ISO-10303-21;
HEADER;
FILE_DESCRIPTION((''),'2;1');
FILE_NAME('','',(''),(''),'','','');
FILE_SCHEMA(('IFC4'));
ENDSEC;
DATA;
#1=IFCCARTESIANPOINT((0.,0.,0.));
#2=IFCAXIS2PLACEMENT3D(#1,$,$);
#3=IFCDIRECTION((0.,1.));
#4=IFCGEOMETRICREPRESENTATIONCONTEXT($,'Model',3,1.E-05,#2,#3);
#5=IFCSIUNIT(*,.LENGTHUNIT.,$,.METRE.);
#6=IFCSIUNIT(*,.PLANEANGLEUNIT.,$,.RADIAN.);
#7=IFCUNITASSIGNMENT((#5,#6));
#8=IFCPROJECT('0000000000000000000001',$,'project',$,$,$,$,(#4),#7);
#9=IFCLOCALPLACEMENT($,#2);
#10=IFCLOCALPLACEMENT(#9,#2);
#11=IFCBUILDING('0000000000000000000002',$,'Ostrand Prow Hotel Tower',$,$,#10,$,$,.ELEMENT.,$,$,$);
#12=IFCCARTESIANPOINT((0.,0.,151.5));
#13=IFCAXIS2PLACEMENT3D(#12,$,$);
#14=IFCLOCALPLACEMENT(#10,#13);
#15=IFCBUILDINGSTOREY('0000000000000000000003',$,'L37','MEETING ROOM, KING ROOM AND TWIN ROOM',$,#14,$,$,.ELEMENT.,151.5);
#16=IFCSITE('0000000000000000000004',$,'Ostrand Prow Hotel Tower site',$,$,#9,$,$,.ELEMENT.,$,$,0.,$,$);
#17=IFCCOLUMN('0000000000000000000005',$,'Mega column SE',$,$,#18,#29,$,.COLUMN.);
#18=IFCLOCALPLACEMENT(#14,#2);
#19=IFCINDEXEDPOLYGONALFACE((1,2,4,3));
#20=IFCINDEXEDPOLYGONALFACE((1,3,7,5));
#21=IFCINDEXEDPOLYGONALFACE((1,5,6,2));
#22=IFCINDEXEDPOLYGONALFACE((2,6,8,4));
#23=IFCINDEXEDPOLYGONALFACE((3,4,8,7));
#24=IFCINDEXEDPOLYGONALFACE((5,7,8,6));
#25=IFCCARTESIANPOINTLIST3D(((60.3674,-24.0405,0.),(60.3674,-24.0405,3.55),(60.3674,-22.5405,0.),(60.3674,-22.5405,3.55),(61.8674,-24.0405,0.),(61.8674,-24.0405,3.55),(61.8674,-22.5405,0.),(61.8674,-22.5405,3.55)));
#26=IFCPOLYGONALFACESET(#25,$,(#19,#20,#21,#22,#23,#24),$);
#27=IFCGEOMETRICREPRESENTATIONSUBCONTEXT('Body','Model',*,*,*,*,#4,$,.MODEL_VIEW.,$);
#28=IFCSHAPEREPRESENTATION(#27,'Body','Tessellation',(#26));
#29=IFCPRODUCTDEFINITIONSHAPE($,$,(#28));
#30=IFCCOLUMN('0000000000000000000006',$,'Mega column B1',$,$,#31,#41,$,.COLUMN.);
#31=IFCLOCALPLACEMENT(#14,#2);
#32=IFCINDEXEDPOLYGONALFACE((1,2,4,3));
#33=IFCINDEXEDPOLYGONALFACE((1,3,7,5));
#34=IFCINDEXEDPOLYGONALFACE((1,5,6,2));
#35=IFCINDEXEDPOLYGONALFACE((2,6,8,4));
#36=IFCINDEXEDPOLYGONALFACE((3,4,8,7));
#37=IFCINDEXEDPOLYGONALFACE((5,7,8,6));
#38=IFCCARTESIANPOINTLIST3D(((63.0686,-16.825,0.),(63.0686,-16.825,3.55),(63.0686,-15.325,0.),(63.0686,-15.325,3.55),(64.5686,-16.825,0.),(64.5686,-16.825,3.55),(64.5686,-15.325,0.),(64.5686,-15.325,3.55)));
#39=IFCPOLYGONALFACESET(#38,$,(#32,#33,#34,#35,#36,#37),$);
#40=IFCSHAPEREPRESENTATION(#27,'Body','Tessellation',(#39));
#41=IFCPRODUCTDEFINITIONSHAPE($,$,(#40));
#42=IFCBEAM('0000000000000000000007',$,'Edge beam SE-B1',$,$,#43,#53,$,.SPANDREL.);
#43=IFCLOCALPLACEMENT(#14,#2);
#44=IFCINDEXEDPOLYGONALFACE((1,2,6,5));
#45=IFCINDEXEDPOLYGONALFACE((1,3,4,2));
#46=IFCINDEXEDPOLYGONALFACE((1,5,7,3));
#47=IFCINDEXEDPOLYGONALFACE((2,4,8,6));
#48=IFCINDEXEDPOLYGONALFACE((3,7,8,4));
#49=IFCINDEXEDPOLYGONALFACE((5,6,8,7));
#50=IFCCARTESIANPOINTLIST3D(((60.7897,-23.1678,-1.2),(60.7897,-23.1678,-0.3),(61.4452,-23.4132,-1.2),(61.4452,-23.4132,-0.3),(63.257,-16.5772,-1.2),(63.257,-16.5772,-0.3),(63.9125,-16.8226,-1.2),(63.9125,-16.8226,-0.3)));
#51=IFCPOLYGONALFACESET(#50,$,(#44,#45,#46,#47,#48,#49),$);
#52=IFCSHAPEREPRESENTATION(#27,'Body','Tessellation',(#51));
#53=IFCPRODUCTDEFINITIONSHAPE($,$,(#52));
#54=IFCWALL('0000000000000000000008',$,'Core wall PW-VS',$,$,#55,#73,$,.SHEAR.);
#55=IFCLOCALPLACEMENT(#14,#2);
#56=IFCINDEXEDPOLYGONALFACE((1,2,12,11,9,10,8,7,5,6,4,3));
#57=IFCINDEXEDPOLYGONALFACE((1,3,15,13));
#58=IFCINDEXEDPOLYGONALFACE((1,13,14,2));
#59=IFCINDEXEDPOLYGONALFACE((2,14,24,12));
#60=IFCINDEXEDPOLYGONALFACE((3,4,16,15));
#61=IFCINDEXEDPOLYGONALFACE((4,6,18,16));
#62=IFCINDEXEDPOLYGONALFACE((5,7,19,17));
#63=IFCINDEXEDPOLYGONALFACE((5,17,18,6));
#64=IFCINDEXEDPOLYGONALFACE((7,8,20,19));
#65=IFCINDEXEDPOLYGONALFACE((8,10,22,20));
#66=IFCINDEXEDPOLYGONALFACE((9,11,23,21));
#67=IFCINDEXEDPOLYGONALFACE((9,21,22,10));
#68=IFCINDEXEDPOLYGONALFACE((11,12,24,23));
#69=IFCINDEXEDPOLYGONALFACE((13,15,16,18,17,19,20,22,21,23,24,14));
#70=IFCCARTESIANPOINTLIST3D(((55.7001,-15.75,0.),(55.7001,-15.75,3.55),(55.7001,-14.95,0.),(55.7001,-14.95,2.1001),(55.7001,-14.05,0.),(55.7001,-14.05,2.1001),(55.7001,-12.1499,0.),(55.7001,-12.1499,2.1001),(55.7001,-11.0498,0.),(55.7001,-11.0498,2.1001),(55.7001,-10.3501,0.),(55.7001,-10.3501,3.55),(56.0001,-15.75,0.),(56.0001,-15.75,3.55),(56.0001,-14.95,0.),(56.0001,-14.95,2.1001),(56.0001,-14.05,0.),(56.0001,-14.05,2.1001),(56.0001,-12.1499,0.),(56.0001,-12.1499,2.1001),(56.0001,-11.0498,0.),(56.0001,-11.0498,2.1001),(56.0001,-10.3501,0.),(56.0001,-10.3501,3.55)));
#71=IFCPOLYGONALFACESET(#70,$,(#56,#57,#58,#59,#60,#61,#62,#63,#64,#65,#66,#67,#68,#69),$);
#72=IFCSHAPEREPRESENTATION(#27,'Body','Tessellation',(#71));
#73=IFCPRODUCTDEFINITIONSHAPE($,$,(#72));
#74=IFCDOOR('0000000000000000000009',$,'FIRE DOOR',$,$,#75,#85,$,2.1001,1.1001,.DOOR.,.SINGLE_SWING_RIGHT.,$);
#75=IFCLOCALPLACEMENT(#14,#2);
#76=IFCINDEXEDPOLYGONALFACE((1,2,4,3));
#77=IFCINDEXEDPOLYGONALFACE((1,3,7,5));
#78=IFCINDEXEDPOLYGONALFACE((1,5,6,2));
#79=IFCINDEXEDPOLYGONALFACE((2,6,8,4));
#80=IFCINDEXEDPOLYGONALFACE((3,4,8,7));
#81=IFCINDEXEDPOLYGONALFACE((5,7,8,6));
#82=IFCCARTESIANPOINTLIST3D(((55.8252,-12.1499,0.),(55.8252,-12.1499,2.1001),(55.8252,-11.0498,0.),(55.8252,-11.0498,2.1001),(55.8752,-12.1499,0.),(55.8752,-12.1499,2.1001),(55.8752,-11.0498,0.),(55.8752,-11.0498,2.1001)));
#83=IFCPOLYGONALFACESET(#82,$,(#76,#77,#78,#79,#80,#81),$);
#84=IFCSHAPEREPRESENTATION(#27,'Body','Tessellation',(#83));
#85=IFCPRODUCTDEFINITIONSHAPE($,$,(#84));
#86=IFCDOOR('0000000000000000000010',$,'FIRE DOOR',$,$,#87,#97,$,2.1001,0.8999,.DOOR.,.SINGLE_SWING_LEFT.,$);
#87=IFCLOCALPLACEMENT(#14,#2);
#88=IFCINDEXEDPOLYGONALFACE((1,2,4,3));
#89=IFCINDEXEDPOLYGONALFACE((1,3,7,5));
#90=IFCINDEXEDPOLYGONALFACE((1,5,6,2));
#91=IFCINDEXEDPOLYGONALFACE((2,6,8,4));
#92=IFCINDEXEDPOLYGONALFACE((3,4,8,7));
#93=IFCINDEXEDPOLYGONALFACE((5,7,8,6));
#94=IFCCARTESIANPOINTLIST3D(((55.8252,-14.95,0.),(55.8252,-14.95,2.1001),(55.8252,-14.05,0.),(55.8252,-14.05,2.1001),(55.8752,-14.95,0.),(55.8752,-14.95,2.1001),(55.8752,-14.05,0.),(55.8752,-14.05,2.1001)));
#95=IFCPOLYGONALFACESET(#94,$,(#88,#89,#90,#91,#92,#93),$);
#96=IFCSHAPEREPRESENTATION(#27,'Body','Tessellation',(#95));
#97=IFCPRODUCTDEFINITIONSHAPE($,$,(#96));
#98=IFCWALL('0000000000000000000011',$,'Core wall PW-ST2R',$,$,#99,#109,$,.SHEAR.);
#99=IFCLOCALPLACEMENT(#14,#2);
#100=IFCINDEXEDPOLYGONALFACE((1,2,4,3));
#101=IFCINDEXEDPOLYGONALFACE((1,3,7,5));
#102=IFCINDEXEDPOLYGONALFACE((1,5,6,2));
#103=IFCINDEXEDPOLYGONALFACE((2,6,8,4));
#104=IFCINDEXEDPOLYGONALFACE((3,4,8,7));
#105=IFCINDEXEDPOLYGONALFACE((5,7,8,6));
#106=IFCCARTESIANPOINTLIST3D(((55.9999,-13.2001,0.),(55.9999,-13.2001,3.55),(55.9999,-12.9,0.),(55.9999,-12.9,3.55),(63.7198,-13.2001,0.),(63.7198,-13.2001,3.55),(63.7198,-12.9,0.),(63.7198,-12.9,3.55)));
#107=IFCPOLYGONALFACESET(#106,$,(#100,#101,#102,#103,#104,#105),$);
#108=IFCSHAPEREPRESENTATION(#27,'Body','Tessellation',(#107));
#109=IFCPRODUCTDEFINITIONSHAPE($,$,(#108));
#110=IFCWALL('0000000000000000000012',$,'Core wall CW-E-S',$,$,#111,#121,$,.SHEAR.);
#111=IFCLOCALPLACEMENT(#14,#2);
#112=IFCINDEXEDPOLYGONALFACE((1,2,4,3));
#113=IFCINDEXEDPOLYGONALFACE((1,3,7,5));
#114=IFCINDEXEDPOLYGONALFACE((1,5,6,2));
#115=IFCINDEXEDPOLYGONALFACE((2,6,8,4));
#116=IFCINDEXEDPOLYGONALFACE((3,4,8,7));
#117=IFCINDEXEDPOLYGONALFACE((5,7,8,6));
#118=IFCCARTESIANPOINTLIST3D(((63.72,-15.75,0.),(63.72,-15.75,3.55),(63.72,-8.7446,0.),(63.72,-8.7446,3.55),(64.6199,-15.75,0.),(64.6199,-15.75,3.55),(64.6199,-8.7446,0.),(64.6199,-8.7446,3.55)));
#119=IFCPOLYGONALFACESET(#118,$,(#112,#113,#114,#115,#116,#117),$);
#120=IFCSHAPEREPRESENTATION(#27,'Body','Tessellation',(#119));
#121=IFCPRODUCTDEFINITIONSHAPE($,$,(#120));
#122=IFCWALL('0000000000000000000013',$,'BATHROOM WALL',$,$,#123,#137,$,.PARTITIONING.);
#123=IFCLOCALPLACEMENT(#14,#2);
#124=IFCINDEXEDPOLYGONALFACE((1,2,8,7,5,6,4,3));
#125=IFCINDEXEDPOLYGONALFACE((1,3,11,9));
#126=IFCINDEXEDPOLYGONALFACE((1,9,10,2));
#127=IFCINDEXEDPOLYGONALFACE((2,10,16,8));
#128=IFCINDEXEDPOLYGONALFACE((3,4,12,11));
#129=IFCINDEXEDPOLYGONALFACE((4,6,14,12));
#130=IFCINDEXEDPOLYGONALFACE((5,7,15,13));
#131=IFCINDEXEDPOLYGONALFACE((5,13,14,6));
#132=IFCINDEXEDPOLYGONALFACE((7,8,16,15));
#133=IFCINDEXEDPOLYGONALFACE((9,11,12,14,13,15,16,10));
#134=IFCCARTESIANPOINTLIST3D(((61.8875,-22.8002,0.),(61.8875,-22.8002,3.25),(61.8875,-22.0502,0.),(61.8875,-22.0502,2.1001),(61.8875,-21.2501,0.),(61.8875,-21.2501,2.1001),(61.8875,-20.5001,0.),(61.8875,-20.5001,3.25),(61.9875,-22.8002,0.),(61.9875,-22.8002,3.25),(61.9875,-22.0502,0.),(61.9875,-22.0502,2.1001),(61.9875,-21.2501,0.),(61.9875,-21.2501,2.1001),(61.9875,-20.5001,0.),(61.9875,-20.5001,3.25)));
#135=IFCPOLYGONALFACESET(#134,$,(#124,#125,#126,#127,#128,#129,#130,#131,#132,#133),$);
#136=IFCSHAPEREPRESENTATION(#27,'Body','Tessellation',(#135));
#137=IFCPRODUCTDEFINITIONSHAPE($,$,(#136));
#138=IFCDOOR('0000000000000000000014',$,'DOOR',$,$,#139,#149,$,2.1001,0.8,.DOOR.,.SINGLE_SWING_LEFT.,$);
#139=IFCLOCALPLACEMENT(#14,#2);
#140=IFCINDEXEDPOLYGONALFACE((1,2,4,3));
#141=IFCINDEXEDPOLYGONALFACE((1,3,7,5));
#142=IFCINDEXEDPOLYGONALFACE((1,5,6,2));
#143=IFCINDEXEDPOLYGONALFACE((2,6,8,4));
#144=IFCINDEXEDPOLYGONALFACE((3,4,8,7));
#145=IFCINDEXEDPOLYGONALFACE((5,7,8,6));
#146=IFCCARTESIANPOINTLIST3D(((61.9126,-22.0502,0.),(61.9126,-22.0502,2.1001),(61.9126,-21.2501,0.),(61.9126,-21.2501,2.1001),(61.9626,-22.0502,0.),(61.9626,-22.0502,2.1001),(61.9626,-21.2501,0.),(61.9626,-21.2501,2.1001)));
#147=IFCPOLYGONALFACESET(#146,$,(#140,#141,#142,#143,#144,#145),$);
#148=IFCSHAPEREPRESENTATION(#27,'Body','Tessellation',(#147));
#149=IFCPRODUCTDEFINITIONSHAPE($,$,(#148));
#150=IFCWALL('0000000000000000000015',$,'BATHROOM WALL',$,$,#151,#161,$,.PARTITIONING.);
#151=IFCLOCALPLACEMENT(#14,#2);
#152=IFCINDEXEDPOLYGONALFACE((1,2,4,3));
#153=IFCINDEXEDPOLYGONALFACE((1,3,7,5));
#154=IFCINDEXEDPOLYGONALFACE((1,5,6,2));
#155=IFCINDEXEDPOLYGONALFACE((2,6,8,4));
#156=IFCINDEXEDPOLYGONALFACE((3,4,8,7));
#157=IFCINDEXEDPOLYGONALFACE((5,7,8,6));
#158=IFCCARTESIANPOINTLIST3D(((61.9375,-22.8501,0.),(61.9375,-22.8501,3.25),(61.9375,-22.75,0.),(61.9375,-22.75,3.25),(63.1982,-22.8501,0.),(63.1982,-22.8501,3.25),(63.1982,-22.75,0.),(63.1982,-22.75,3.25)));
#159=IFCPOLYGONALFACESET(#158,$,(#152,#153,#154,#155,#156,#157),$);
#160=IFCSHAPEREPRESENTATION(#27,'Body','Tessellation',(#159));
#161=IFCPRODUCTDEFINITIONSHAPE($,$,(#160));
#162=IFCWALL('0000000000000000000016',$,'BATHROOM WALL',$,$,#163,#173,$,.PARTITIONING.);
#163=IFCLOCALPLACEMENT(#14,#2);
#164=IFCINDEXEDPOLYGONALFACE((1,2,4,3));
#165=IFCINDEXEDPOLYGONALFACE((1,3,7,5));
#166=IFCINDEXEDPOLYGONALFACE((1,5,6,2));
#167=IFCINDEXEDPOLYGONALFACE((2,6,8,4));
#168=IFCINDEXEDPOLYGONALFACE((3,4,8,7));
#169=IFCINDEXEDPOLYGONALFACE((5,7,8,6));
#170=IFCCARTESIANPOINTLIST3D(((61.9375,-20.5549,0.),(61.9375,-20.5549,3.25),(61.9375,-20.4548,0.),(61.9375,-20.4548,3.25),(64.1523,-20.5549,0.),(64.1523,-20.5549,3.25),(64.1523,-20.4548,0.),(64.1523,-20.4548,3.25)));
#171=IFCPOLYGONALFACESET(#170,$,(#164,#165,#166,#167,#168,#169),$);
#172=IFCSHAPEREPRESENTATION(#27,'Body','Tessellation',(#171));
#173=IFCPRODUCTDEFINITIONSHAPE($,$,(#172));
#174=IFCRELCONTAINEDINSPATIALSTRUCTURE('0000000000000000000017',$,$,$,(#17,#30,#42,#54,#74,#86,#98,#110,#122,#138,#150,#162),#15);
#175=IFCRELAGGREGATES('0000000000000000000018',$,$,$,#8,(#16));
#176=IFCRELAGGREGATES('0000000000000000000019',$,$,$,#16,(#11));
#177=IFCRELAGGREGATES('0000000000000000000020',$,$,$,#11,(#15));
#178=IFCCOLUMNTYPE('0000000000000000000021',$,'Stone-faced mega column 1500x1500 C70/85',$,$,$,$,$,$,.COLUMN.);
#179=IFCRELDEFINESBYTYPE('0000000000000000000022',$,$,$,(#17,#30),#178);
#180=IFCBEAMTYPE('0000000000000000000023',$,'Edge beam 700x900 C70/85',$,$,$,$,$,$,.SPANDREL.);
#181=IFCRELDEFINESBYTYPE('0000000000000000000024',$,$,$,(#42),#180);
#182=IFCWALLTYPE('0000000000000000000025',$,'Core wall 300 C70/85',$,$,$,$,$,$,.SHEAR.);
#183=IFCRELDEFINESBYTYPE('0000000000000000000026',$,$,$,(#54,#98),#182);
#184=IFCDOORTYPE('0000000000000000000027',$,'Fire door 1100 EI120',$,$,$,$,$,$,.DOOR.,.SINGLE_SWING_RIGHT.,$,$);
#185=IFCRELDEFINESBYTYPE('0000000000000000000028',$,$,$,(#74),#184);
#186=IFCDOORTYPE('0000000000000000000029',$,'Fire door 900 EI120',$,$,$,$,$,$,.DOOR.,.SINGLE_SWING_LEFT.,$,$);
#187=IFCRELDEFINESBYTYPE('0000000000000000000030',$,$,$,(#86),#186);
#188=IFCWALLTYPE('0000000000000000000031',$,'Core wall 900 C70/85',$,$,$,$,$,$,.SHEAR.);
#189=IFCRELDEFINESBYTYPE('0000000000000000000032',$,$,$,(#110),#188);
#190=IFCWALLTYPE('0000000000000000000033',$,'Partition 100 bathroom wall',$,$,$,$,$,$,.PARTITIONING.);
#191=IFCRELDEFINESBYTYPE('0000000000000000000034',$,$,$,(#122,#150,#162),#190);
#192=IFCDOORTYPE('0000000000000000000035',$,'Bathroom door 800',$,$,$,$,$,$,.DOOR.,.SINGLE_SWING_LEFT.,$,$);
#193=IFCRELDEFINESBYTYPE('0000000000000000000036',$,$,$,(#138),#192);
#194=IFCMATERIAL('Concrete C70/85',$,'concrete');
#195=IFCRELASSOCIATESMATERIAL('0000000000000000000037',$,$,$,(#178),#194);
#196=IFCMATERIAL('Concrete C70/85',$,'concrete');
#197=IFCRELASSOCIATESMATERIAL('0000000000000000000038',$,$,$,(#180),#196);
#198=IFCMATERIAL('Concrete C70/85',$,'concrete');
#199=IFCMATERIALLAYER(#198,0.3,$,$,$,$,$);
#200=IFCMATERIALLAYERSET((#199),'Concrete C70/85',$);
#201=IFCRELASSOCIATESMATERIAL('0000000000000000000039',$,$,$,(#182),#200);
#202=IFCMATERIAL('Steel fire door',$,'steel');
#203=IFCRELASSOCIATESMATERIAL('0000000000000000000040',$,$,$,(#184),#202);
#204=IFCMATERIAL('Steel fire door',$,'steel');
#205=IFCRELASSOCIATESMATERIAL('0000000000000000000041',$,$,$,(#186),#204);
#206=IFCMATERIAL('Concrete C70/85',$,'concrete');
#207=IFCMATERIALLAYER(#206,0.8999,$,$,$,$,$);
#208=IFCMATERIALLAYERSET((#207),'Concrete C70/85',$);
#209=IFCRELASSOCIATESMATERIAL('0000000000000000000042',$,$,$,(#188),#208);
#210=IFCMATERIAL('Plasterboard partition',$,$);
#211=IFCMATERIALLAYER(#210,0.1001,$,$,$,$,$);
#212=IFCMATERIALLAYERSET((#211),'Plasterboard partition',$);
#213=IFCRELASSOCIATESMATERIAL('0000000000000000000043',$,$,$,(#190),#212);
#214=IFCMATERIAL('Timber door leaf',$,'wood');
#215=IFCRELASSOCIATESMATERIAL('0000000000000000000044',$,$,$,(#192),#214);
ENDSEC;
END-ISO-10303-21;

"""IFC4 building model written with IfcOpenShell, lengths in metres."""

from ifc_helpers import new_model, si_unit, direction, frame, frame_2d, origin, origin_2d, place, context, subcontext, project, spatial, rectangle, extrude, material, layer, layer_set, material_profile, profile_set, type_object, element, fill, save


model = new_model("IFC4")

# Units and contexts
model_context = context("Model", 3, precision=1e-05, world=origin(), true_north=direction((0.0, 1.0)))
body_context = subcontext(model_context, "Body", "Model", "MODEL_VIEW")
ifc_project = project(units=[si_unit("LENGTHUNIT", "METRE"), si_unit("PLANEANGLEUNIT", "RADIAN")], contexts=[model_context])

# Site, building, storey
site_placement = place(None, origin())
site = spatial("IfcSite", under=ifc_project, at=site_placement, Name="Ostrand Prow Hotel Tower site", CompositionType="ELEMENT", RefElevation=0.0)
building_placement = place(site_placement, origin())
building = spatial("IfcBuilding", under=site, at=building_placement, Name="Ostrand Prow Hotel Tower", CompositionType="ELEMENT")
storey_placement = place(building_placement, frame((0.0, 0.0, 151.5)))
storey = spatial("IfcBuildingStorey", under=building, at=storey_placement, Name="L37", Description="MEETING ROOM, KING ROOM AND TWIN ROOM", CompositionType="ELEMENT", Elevation=151.5)

# Columns
ifc_material_1 = material(Name="Concrete C70/85", Category="concrete")
ifc_material_profile_1 = material_profile(ifc_material_1, rectangle(XDim=1.5, YDim=1.5, at=origin_2d()), Name="RC 1500x1500")
ifc_profile_set_1 = profile_set([ifc_material_profile_1], Name="Concrete C70/85")
column_type = type_object("IfcColumnType", Name="Stone-faced mega column 1500x1500 C70/85", PredefinedType="COLUMN", material=ifc_profile_set_1)
for number, where, z_axis, x_axis, name in (
    (1, (61.1174, -23.2905, 0.0), (0.0, 0.0, 1.0), (1.0, 0.0, 0.0), "Mega column SE"),
    (2, (63.8186, -16.075, 0.0), (0.0, 0.0, 1.0), (1.0, 0.0, 0.0), "Mega column B1"),
):
    element("IfcColumn", number, at=place(storey_placement, frame(where, z_axis=z_axis, x_axis=x_axis)), inside=storey, type_object=column_type, Name=name, PredefinedType="COLUMN", context=body_context, shape_type="SweptSolid", body=[
        extrude(rectangle(XDim=1.5, YDim=1.5, at=origin_2d()), origin(), (0.0, 0.0, 1.0), 3.55),
    ])

# Beam
ifc_material_2 = material(Name="Concrete C70/85", Category="concrete")
ifc_material_profile_2 = material_profile(ifc_material_2, rectangle(XDim=0.7, YDim=0.8999, at=origin_2d()), Name="RC 700x900")
ifc_profile_set_2 = profile_set([ifc_material_profile_2], Name="Concrete C70/85")
beam_type = type_object("IfcBeamType", Name="Edge beam 700x900 C70/85", PredefinedType="SPANDREL", material=ifc_profile_set_2)
beam_placement = place(storey_placement, frame((61.1174, -23.2905, -0.75), z_axis=(0.350603, 0.936524, 0.0), x_axis=(-0.936524, 0.350603, 0.0)))
element("IfcBeam", 3, at=beam_placement, inside=storey, type_object=beam_type, Name="Edge beam SE-B1", PredefinedType="SPANDREL", context=body_context, shape_type="SweptSolid", body=[
    extrude(rectangle(XDim=0.7, YDim=0.8999, at=origin_2d()), origin(), (0.0, 0.0, 1.0), 7.0374),
])

# Wall, openings, doors
ifc_material_3 = material(Name="Concrete C70/85", Category="concrete")
ifc_layer_1 = layer(ifc_material_3, 0.3)
ifc_layer_set_1 = layer_set([ifc_layer_1], Name="Concrete C70/85")
wall_type_1 = type_object("IfcWallType", Name="Core wall 300 C70/85", PredefinedType="SHEAR", material=ifc_layer_set_1)
wall_1_placement = place(storey_placement, frame((55.8501, -15.75, 0.0), z_axis=(0.0, 0.0, 1.0), x_axis=(0.0, 1.0, 0.0)))
wall_1 = element("IfcWall", 4, at=wall_1_placement, inside=storey, type_object=wall_type_1, Name="Core wall PW-VS", PredefinedType="SHEAR", context=body_context, shape_type="SweptSolid", body=[
    extrude(rectangle(XDim=5.3999, YDim=0.3, at=frame_2d((2.7, 0.0))), origin(), (0.0, 0.0, 1.0), 3.55),
])
opening_1_placement = place(wall_1_placement, frame((3.6001, 0.0, 0.0)))
opening_1 = element("IfcOpeningElement", 5, at=opening_1_placement, cuts=wall_1, PredefinedType="OPENING", context=body_context, shape_type="SweptSolid", body=[
    extrude(rectangle(XDim=1.1001, YDim=2.1001, at=frame_2d((0.55, 1.05))), frame((0.0, 0.1599, 0.0), z_axis=(0.0, -1.0, 0.0), x_axis=(1.0, 0.0, 0.0)), (0.0, 0.0, 1.0), 0.3201),
])
opening_2_placement = place(wall_1_placement, frame((0.8, 0.0, 0.0)))
opening_2 = element("IfcOpeningElement", 6, at=opening_2_placement, cuts=wall_1, PredefinedType="OPENING", context=body_context, shape_type="SweptSolid", body=[
    extrude(rectangle(XDim=0.8999, YDim=2.1001, at=frame_2d((0.45, 1.05))), frame((0.0, 0.1599, 0.0), z_axis=(0.0, -1.0, 0.0), x_axis=(1.0, 0.0, 0.0)), (0.0, 0.0, 1.0), 0.3201),
])
ifc_material_4 = material(Name="Steel fire door", Category="steel")
door_type_1 = type_object("IfcDoorType", Name="Fire door 1100 EI120", OperationType="SINGLE_SWING_RIGHT", PredefinedType="DOOR", material=ifc_material_4)
door_1_placement = place(opening_1_placement, origin())
door_1 = element("IfcDoor", 7, at=door_1_placement, inside=storey, type_object=door_type_1, Name="FIRE DOOR", OperationType="SINGLE_SWING_RIGHT", OverallHeight=2.1001, OverallWidth=1.1001, PredefinedType="DOOR", context=body_context, shape_type="SweptSolid", body=[
    extrude(rectangle(XDim=1.1001, YDim=2.1001, at=frame_2d((0.55, 1.05))), frame((0.0, 0.0249, 0.0), z_axis=(0.0, -1.0, 0.0), x_axis=(1.0, 0.0, 0.0)), (0.0, 0.0, 1.0), 0.05),
])
fill(opening_1, door_1)
ifc_material_5 = material(Name="Steel fire door", Category="steel")
door_type_2 = type_object("IfcDoorType", Name="Fire door 900 EI120", OperationType="SINGLE_SWING_LEFT", PredefinedType="DOOR", material=ifc_material_5)
door_2_placement = place(opening_2_placement, origin())
door_2 = element("IfcDoor", 8, at=door_2_placement, inside=storey, type_object=door_type_2, Name="FIRE DOOR", OperationType="SINGLE_SWING_LEFT", OverallHeight=2.1001, OverallWidth=0.8999, PredefinedType="DOOR", context=body_context, shape_type="SweptSolid", body=[
    extrude(rectangle(XDim=0.8999, YDim=2.1001, at=frame_2d((0.45, 1.05))), frame((0.0, 0.0249, 0.0), z_axis=(0.0, -1.0, 0.0), x_axis=(1.0, 0.0, 0.0)), (0.0, 0.0, 1.0), 0.05),
])
fill(opening_2, door_2)

# Walls
wall_2_placement = place(storey_placement, frame((56.0, -13.05, 0.0), z_axis=(0.0, 0.0, 1.0), x_axis=(1.0, 0.0, 0.0)))
element("IfcWall", 9, at=wall_2_placement, inside=storey, type_object=wall_type_1, Name="Core wall PW-ST2R", PredefinedType="SHEAR", context=body_context, shape_type="SweptSolid", body=[
    extrude(rectangle(XDim=7.72, YDim=0.3, at=frame_2d((3.8599, 0.0))), origin(), (0.0, 0.0, 1.0), 3.55),
])
ifc_material_6 = material(Name="Concrete C70/85", Category="concrete")
ifc_layer_2 = layer(ifc_material_6, 0.8999)
ifc_layer_set_2 = layer_set([ifc_layer_2], Name="Concrete C70/85")
wall_type_2 = type_object("IfcWallType", Name="Core wall 900 C70/85", PredefinedType="SHEAR", material=ifc_layer_set_2)
wall_3_placement = place(storey_placement, frame((64.1699, -15.75, 0.0), z_axis=(0.0, 0.0, 1.0), x_axis=(0.0, 1.0, 0.0)))
element("IfcWall", 10, at=wall_3_placement, inside=storey, type_object=wall_type_2, Name="Core wall CW-E-S", PredefinedType="SHEAR", context=body_context, shape_type="SweptSolid", body=[
    extrude(rectangle(XDim=7.0054, YDim=0.8999, at=frame_2d((3.5027, 0.0))), origin(), (0.0, 0.0, 1.0), 3.55),
])

# Wall, opening, door
ifc_material_7 = material(Name="Plasterboard partition")
ifc_layer_3 = layer(ifc_material_7, 0.1001)
ifc_layer_set_3 = layer_set([ifc_layer_3], Name="Plasterboard partition")
wall_type_3 = type_object("IfcWallType", Name="Partition 100 bathroom wall", PredefinedType="PARTITIONING", material=ifc_layer_set_3)
wall_4_placement = place(storey_placement, frame((61.9375, -22.8, 0.0), z_axis=(0.0, 0.0, 1.0), x_axis=(0.0, 1.0, 0.0)))
wall_4 = element("IfcWall", 11, at=wall_4_placement, inside=storey, type_object=wall_type_3, Name="BATHROOM WALL", PredefinedType="PARTITIONING", context=body_context, shape_type="SweptSolid", body=[
    extrude(rectangle(XDim=2.3, YDim=0.1001, at=frame_2d((1.1499, 0.0))), origin(), (0.0, 0.0, 1.0), 3.25),
])
opening_3_placement = place(wall_4_placement, frame((0.75, 0.0, 0.0)))
opening_3 = element("IfcOpeningElement", 12, at=opening_3_placement, cuts=wall_4, PredefinedType="OPENING", context=body_context, shape_type="SweptSolid", body=[
    extrude(rectangle(XDim=0.8, YDim=2.1001, at=frame_2d((0.3999, 1.05))), frame((0.0, 0.0601, 0.0), z_axis=(0.0, -1.0, 0.0), x_axis=(1.0, 0.0, 0.0)), (0.0, 0.0, 1.0), 0.1201),
])
ifc_material_8 = material(Name="Timber door leaf", Category="wood")
door_type_3 = type_object("IfcDoorType", Name="Bathroom door 800", OperationType="SINGLE_SWING_LEFT", PredefinedType="DOOR", material=ifc_material_8)
door_3_placement = place(opening_3_placement, origin())
door_3 = element("IfcDoor", 13, at=door_3_placement, inside=storey, type_object=door_type_3, Name="DOOR", OperationType="SINGLE_SWING_LEFT", OverallHeight=2.1001, OverallWidth=0.8, PredefinedType="DOOR", context=body_context, shape_type="SweptSolid", body=[
    extrude(rectangle(XDim=0.8, YDim=2.1001, at=frame_2d((0.3999, 1.05))), frame((0.0, 0.0249, 0.0), z_axis=(0.0, -1.0, 0.0), x_axis=(1.0, 0.0, 0.0)), (0.0, 0.0, 1.0), 0.05),
])
fill(opening_3, door_3)

# Walls
wall_5_placement = place(storey_placement, frame((63.1982, -22.8, 0.0), z_axis=(0.0, 0.0, 1.0), x_axis=(-1.0, 0.0, 0.0)))
element("IfcWall", 14, at=wall_5_placement, inside=storey, type_object=wall_type_3, Name="BATHROOM WALL", PredefinedType="PARTITIONING", context=body_context, shape_type="SweptSolid", body=[
    extrude(rectangle(XDim=1.2607, YDim=0.1001, at=frame_2d((0.6304, 0.0))), origin(), (0.0, 0.0, 1.0), 3.25),
])
wall_6_placement = place(storey_placement, frame((61.9375, -20.5049, 0.0), z_axis=(0.0, 0.0, 1.0), x_axis=(1.0, 0.0, 0.0)))
element("IfcWall", 15, at=wall_6_placement, inside=storey, type_object=wall_type_3, Name="BATHROOM WALL", PredefinedType="PARTITIONING", context=body_context, shape_type="SweptSolid", body=[
    extrude(rectangle(XDim=2.2148, YDim=0.1001, at=frame_2d((1.1074, 0.0))), origin(), (0.0, 0.0, 1.0), 3.25),
])

save(model, "model.ifc")
